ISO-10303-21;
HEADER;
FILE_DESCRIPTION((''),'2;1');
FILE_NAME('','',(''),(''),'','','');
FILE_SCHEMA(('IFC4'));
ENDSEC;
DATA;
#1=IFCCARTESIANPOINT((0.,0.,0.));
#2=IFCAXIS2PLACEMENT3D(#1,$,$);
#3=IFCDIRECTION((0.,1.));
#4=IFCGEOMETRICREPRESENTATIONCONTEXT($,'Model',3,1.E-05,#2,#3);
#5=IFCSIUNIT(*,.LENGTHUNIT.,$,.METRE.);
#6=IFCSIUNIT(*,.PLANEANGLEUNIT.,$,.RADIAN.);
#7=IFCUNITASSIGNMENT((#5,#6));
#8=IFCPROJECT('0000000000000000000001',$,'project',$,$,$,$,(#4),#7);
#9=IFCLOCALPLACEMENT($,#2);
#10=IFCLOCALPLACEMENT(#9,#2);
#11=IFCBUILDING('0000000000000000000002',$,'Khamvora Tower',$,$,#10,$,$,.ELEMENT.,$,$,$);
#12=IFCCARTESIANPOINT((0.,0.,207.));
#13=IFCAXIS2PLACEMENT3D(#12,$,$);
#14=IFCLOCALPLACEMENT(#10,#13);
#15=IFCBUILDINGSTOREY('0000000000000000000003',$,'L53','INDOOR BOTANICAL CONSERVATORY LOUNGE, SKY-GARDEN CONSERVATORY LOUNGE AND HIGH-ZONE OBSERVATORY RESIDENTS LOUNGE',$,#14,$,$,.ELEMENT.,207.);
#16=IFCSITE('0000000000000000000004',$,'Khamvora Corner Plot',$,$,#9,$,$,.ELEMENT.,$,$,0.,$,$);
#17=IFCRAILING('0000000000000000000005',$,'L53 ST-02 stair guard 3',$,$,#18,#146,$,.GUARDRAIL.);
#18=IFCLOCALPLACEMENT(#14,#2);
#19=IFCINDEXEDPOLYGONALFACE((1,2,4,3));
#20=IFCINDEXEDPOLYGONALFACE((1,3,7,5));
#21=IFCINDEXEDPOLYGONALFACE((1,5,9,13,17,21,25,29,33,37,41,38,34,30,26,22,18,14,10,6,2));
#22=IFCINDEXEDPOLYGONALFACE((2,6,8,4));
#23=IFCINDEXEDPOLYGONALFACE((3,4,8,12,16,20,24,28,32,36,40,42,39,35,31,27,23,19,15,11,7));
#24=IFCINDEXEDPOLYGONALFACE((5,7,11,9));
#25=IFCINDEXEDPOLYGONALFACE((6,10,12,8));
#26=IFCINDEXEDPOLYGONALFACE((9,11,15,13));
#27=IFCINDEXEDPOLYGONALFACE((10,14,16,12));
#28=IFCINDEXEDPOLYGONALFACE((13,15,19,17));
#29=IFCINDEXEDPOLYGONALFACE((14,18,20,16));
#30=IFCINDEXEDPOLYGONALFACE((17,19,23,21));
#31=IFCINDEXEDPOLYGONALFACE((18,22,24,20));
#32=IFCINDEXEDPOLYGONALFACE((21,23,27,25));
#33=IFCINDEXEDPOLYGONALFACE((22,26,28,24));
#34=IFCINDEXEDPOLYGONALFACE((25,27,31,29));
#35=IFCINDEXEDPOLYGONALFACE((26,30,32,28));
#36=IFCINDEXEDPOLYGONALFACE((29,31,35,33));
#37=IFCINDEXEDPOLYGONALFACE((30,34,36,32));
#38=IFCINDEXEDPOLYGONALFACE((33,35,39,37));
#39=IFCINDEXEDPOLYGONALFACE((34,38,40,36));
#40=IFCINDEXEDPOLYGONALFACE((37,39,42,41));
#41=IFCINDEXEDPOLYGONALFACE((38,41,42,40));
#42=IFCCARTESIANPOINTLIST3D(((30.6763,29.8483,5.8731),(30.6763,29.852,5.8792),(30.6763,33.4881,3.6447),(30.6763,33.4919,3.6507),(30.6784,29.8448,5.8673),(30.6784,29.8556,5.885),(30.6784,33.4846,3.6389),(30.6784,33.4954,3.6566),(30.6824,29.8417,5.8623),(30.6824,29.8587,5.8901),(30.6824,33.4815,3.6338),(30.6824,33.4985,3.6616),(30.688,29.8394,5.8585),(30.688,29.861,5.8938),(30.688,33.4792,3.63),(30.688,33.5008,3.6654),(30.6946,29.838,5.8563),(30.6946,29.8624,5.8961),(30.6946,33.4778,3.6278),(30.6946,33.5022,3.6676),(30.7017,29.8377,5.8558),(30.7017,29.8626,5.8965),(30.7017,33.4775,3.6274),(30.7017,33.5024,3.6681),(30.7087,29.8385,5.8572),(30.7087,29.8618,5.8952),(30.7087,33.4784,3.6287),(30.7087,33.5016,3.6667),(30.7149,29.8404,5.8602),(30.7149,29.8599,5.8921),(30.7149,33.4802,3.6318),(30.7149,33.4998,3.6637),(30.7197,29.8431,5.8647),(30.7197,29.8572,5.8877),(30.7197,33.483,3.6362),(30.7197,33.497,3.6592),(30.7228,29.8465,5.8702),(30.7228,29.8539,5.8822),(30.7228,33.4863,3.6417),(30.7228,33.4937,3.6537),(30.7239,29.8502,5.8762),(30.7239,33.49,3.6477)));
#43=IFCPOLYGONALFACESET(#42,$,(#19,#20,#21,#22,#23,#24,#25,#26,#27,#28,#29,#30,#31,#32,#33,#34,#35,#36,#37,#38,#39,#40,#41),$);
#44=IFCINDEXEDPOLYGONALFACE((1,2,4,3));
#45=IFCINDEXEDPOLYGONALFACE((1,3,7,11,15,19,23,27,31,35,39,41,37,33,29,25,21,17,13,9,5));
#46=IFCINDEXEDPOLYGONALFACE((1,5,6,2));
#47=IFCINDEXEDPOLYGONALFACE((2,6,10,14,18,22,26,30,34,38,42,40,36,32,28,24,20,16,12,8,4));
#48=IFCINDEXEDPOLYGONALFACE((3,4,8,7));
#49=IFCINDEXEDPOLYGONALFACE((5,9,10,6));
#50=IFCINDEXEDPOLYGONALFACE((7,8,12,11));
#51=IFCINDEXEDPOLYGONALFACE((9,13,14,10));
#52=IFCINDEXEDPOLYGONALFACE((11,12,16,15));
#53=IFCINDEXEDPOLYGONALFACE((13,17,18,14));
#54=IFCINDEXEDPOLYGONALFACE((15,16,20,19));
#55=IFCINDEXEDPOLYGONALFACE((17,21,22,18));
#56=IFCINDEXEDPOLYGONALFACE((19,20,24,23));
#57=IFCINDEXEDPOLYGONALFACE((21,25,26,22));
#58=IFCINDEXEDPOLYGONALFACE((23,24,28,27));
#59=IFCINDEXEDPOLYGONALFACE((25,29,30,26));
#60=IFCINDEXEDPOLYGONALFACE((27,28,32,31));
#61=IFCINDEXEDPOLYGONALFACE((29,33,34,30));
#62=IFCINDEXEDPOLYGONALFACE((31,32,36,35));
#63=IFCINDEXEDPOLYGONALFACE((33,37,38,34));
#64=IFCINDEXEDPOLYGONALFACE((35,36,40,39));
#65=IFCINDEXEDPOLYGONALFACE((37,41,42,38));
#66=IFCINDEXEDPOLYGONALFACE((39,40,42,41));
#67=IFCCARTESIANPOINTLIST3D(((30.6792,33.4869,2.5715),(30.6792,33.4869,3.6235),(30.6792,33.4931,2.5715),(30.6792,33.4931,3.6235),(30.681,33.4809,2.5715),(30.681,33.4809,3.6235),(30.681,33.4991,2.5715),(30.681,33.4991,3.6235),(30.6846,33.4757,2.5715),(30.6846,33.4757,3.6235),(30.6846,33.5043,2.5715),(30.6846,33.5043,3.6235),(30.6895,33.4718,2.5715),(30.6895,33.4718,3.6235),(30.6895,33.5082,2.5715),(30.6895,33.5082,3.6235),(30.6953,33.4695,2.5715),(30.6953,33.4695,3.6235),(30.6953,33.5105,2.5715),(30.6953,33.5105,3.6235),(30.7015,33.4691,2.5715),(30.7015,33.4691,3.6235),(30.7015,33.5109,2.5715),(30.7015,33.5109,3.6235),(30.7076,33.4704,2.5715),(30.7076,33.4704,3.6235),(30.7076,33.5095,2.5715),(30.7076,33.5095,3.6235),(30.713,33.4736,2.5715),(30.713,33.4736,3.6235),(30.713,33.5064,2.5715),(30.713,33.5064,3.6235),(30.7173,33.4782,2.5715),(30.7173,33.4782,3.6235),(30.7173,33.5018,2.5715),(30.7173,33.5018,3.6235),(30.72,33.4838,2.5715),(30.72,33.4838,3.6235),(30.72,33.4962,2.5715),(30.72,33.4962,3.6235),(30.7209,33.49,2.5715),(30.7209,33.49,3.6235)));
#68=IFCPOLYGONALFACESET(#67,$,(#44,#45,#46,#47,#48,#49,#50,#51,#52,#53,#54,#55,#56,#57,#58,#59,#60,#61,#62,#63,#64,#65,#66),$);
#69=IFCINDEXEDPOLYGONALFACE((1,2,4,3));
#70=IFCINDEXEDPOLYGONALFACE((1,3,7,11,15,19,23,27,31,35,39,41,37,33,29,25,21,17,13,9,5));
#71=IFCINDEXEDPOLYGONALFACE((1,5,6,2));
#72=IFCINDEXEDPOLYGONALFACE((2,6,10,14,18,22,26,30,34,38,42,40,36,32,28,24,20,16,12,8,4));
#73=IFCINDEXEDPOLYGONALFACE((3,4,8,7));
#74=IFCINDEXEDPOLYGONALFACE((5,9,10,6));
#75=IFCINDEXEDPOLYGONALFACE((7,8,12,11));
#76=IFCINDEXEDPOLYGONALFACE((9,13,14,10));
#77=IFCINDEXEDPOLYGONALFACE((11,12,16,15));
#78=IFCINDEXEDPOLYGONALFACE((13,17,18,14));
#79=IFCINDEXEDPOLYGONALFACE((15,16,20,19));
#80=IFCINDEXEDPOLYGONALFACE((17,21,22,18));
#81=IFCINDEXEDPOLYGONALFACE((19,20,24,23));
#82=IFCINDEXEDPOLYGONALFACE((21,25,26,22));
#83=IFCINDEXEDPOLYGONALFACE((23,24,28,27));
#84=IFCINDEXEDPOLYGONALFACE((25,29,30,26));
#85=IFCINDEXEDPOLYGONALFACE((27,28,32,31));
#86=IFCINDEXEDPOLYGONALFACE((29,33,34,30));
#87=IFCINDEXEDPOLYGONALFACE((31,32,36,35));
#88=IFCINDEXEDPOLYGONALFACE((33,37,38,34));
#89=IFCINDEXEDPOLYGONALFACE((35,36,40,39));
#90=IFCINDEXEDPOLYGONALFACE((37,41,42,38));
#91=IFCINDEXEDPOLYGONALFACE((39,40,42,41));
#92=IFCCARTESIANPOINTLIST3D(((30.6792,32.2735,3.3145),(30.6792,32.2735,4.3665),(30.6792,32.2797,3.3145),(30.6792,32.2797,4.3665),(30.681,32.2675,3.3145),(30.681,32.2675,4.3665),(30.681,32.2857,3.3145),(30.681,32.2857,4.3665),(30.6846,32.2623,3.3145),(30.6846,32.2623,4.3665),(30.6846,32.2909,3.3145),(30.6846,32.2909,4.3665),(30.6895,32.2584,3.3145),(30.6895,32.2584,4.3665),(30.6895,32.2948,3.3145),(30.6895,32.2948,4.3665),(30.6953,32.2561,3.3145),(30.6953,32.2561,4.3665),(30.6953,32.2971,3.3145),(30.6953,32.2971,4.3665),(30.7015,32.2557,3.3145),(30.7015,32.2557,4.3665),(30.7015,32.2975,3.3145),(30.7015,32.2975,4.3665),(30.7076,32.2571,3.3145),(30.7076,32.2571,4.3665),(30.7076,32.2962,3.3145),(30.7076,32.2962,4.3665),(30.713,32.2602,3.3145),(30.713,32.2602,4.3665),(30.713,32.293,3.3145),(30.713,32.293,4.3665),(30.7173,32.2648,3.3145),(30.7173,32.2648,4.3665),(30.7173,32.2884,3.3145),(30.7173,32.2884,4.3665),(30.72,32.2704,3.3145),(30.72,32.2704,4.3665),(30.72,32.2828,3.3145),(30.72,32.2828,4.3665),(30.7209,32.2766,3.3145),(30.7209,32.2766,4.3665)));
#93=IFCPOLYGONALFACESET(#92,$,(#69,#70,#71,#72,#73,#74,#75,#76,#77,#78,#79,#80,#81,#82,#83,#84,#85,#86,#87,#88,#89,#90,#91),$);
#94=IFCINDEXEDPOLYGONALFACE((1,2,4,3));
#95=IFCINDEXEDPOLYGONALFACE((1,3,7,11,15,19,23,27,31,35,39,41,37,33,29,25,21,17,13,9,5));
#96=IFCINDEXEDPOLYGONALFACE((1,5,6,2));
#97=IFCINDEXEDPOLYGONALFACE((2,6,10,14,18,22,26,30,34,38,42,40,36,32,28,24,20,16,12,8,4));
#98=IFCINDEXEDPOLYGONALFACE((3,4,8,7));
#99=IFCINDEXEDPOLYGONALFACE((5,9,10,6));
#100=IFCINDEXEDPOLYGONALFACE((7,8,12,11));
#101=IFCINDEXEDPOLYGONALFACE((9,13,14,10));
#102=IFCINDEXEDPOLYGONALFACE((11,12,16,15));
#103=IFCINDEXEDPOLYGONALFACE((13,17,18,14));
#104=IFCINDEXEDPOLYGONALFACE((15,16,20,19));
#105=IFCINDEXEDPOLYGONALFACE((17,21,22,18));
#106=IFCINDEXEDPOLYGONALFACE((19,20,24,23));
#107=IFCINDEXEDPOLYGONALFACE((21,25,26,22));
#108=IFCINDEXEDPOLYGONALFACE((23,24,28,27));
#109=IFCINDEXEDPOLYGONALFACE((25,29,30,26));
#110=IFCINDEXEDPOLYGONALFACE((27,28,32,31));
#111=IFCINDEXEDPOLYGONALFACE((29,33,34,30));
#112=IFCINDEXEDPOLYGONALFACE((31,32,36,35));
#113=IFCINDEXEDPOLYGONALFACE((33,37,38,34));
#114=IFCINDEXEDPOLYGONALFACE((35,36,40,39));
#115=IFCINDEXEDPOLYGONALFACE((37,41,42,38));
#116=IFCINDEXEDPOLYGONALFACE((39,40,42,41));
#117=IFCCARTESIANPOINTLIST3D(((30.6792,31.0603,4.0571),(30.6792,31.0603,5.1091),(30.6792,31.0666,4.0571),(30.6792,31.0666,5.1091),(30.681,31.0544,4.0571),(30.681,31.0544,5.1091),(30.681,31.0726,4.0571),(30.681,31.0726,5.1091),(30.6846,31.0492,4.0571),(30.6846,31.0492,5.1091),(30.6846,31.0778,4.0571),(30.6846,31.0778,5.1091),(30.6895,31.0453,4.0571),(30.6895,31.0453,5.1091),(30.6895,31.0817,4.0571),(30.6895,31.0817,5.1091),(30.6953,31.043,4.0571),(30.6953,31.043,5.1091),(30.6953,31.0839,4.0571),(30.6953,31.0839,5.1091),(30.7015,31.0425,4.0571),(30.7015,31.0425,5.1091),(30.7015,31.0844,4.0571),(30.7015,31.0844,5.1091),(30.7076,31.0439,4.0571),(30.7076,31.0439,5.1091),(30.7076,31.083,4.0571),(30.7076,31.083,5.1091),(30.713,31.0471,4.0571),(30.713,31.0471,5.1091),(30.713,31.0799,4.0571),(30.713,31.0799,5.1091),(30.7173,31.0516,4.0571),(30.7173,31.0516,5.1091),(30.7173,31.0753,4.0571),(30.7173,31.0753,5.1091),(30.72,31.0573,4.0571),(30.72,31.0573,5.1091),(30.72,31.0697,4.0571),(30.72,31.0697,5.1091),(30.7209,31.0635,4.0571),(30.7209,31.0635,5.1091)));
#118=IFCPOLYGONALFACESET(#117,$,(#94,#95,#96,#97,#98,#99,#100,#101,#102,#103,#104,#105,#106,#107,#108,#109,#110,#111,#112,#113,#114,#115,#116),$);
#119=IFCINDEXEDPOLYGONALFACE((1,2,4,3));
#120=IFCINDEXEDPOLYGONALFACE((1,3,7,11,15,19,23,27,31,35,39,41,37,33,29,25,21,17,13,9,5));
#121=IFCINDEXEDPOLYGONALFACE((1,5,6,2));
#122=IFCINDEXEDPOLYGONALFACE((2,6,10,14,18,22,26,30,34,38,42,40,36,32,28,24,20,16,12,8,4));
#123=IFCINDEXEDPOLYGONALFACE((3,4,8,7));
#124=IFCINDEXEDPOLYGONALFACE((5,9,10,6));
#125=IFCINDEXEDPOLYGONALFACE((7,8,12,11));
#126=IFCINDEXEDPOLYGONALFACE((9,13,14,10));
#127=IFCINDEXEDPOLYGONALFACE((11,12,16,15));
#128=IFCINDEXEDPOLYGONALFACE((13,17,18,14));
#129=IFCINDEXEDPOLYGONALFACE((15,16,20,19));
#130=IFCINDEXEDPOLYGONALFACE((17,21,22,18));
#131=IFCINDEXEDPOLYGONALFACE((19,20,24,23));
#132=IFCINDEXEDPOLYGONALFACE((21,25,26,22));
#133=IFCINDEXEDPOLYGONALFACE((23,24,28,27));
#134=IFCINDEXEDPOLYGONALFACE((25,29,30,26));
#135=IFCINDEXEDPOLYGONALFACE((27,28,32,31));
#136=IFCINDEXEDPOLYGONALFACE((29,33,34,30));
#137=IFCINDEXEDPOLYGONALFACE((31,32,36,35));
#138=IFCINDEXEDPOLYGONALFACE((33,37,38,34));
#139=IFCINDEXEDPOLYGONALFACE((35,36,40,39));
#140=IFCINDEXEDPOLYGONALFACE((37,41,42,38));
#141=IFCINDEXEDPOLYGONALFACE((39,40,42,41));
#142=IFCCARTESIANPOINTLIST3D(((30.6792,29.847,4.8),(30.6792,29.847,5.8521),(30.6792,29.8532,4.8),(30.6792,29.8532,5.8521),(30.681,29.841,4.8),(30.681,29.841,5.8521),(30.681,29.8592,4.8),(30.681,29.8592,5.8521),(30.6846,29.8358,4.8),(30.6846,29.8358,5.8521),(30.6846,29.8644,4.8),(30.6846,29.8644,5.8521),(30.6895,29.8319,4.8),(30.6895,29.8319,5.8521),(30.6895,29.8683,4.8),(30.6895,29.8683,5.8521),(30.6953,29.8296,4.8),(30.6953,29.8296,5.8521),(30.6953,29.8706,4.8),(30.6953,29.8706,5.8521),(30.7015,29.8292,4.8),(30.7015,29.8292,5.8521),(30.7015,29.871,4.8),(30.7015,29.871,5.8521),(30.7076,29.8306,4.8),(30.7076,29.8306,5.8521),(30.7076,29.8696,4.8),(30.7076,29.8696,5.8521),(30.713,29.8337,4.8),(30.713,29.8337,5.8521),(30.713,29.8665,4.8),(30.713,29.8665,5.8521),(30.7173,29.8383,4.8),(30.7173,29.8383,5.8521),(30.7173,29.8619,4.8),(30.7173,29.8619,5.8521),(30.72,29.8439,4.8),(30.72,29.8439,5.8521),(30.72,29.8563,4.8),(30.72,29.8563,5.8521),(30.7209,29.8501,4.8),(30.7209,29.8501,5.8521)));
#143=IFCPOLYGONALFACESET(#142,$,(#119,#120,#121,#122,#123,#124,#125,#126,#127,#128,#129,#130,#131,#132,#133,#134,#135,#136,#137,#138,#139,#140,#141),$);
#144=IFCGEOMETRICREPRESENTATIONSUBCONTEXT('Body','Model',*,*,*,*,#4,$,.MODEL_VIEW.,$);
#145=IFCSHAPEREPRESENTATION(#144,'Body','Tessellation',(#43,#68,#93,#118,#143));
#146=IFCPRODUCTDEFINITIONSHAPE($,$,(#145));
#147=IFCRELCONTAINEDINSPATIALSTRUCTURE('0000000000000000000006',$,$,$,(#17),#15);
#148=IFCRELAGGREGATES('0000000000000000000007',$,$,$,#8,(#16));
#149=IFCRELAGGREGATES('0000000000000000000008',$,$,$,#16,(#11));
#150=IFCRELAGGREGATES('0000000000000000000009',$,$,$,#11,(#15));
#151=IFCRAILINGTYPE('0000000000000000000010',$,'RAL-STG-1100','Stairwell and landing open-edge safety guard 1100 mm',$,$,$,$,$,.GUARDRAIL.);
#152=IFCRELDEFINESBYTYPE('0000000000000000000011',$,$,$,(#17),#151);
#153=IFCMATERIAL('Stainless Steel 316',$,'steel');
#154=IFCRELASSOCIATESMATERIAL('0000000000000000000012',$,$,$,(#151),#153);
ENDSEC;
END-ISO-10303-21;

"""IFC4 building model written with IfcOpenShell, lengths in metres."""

from ifc_helpers import new_model, si_unit, direction, frame, origin, origin_2d, place, context, subcontext, project, spatial, circle, extrude, material, type_object, element, save


model = new_model("IFC4")

# Units and contexts
model_context = context("Model", 3, precision=1e-05, world=origin(), true_north=direction((0.0, 1.0)))
body_context = subcontext(model_context, "Body", "Model", "MODEL_VIEW")
ifc_project = project(units=[si_unit("LENGTHUNIT", "METRE"), si_unit("PLANEANGLEUNIT", "RADIAN")], contexts=[model_context])

# Site, building, storey
site_placement = place(None, origin())
site = spatial("IfcSite", under=ifc_project, at=site_placement, Name="Khamvora Corner Plot", CompositionType="ELEMENT", RefElevation=0.0)
building_placement = place(site_placement, origin())
building = spatial("IfcBuilding", under=site, at=building_placement, Name="Khamvora Tower", CompositionType="ELEMENT")
storey_placement = place(building_placement, frame((0.0, 0.0, 207.0)))
storey = spatial("IfcBuildingStorey", under=building, at=storey_placement, Name="L53", Description="INDOOR BOTANICAL CONSERVATORY LOUNGE, SKY-GARDEN CONSERVATORY LOUNGE AND HIGH-ZONE OBSERVATORY RESIDENTS LOUNGE", CompositionType="ELEMENT", Elevation=207.0)

# Railing
ifc_material_1 = material(Name="Stainless Steel 316", Category="steel")
railing_type_1 = type_object("IfcRailingType", Name="RAL-STG-1100", Description="Stairwell and landing open-edge safety guard 1100 mm", PredefinedType="GUARDRAIL", material=ifc_material_1)
railing_1_placement = place(storey_placement, frame((30.7, 33.49, 2.5715)))
element("IfcRailing", 1, at=railing_1_placement, inside=storey, type_object=railing_type_1, Name="L53 ST-02 stair guard 3", PredefinedType="GUARDRAIL", context=body_context, shape_type="SweptSolid", body=[
    extrude(circle(Radius=0.0239, at=origin_2d()), frame((0.0, 0.0, 1.0762), z_axis=(0.0, -0.85285, 0.522156), x_axis=(1.0, 0.0, 0.0)), (0.0, 0.0, 1.0), 4.2678),
    extrude(circle(Radius=0.021, at=origin_2d()), origin(), (0.0, 0.0, 1.0), 1.052),
    extrude(circle(Radius=0.021, at=origin_2d()), frame((0.0, -1.2134, 0.7429)), (0.0, 0.0, 1.0), 1.052),
    extrude(circle(Radius=0.021, at=origin_2d()), frame((0.0, -2.4265, 1.4856)), (0.0, 0.0, 1.0), 1.052),
    extrude(circle(Radius=0.021, at=origin_2d()), frame((0.0, -3.6399, 2.2285)), (0.0, 0.0, 1.0), 1.052),
])

save(model, "model.ifc")
